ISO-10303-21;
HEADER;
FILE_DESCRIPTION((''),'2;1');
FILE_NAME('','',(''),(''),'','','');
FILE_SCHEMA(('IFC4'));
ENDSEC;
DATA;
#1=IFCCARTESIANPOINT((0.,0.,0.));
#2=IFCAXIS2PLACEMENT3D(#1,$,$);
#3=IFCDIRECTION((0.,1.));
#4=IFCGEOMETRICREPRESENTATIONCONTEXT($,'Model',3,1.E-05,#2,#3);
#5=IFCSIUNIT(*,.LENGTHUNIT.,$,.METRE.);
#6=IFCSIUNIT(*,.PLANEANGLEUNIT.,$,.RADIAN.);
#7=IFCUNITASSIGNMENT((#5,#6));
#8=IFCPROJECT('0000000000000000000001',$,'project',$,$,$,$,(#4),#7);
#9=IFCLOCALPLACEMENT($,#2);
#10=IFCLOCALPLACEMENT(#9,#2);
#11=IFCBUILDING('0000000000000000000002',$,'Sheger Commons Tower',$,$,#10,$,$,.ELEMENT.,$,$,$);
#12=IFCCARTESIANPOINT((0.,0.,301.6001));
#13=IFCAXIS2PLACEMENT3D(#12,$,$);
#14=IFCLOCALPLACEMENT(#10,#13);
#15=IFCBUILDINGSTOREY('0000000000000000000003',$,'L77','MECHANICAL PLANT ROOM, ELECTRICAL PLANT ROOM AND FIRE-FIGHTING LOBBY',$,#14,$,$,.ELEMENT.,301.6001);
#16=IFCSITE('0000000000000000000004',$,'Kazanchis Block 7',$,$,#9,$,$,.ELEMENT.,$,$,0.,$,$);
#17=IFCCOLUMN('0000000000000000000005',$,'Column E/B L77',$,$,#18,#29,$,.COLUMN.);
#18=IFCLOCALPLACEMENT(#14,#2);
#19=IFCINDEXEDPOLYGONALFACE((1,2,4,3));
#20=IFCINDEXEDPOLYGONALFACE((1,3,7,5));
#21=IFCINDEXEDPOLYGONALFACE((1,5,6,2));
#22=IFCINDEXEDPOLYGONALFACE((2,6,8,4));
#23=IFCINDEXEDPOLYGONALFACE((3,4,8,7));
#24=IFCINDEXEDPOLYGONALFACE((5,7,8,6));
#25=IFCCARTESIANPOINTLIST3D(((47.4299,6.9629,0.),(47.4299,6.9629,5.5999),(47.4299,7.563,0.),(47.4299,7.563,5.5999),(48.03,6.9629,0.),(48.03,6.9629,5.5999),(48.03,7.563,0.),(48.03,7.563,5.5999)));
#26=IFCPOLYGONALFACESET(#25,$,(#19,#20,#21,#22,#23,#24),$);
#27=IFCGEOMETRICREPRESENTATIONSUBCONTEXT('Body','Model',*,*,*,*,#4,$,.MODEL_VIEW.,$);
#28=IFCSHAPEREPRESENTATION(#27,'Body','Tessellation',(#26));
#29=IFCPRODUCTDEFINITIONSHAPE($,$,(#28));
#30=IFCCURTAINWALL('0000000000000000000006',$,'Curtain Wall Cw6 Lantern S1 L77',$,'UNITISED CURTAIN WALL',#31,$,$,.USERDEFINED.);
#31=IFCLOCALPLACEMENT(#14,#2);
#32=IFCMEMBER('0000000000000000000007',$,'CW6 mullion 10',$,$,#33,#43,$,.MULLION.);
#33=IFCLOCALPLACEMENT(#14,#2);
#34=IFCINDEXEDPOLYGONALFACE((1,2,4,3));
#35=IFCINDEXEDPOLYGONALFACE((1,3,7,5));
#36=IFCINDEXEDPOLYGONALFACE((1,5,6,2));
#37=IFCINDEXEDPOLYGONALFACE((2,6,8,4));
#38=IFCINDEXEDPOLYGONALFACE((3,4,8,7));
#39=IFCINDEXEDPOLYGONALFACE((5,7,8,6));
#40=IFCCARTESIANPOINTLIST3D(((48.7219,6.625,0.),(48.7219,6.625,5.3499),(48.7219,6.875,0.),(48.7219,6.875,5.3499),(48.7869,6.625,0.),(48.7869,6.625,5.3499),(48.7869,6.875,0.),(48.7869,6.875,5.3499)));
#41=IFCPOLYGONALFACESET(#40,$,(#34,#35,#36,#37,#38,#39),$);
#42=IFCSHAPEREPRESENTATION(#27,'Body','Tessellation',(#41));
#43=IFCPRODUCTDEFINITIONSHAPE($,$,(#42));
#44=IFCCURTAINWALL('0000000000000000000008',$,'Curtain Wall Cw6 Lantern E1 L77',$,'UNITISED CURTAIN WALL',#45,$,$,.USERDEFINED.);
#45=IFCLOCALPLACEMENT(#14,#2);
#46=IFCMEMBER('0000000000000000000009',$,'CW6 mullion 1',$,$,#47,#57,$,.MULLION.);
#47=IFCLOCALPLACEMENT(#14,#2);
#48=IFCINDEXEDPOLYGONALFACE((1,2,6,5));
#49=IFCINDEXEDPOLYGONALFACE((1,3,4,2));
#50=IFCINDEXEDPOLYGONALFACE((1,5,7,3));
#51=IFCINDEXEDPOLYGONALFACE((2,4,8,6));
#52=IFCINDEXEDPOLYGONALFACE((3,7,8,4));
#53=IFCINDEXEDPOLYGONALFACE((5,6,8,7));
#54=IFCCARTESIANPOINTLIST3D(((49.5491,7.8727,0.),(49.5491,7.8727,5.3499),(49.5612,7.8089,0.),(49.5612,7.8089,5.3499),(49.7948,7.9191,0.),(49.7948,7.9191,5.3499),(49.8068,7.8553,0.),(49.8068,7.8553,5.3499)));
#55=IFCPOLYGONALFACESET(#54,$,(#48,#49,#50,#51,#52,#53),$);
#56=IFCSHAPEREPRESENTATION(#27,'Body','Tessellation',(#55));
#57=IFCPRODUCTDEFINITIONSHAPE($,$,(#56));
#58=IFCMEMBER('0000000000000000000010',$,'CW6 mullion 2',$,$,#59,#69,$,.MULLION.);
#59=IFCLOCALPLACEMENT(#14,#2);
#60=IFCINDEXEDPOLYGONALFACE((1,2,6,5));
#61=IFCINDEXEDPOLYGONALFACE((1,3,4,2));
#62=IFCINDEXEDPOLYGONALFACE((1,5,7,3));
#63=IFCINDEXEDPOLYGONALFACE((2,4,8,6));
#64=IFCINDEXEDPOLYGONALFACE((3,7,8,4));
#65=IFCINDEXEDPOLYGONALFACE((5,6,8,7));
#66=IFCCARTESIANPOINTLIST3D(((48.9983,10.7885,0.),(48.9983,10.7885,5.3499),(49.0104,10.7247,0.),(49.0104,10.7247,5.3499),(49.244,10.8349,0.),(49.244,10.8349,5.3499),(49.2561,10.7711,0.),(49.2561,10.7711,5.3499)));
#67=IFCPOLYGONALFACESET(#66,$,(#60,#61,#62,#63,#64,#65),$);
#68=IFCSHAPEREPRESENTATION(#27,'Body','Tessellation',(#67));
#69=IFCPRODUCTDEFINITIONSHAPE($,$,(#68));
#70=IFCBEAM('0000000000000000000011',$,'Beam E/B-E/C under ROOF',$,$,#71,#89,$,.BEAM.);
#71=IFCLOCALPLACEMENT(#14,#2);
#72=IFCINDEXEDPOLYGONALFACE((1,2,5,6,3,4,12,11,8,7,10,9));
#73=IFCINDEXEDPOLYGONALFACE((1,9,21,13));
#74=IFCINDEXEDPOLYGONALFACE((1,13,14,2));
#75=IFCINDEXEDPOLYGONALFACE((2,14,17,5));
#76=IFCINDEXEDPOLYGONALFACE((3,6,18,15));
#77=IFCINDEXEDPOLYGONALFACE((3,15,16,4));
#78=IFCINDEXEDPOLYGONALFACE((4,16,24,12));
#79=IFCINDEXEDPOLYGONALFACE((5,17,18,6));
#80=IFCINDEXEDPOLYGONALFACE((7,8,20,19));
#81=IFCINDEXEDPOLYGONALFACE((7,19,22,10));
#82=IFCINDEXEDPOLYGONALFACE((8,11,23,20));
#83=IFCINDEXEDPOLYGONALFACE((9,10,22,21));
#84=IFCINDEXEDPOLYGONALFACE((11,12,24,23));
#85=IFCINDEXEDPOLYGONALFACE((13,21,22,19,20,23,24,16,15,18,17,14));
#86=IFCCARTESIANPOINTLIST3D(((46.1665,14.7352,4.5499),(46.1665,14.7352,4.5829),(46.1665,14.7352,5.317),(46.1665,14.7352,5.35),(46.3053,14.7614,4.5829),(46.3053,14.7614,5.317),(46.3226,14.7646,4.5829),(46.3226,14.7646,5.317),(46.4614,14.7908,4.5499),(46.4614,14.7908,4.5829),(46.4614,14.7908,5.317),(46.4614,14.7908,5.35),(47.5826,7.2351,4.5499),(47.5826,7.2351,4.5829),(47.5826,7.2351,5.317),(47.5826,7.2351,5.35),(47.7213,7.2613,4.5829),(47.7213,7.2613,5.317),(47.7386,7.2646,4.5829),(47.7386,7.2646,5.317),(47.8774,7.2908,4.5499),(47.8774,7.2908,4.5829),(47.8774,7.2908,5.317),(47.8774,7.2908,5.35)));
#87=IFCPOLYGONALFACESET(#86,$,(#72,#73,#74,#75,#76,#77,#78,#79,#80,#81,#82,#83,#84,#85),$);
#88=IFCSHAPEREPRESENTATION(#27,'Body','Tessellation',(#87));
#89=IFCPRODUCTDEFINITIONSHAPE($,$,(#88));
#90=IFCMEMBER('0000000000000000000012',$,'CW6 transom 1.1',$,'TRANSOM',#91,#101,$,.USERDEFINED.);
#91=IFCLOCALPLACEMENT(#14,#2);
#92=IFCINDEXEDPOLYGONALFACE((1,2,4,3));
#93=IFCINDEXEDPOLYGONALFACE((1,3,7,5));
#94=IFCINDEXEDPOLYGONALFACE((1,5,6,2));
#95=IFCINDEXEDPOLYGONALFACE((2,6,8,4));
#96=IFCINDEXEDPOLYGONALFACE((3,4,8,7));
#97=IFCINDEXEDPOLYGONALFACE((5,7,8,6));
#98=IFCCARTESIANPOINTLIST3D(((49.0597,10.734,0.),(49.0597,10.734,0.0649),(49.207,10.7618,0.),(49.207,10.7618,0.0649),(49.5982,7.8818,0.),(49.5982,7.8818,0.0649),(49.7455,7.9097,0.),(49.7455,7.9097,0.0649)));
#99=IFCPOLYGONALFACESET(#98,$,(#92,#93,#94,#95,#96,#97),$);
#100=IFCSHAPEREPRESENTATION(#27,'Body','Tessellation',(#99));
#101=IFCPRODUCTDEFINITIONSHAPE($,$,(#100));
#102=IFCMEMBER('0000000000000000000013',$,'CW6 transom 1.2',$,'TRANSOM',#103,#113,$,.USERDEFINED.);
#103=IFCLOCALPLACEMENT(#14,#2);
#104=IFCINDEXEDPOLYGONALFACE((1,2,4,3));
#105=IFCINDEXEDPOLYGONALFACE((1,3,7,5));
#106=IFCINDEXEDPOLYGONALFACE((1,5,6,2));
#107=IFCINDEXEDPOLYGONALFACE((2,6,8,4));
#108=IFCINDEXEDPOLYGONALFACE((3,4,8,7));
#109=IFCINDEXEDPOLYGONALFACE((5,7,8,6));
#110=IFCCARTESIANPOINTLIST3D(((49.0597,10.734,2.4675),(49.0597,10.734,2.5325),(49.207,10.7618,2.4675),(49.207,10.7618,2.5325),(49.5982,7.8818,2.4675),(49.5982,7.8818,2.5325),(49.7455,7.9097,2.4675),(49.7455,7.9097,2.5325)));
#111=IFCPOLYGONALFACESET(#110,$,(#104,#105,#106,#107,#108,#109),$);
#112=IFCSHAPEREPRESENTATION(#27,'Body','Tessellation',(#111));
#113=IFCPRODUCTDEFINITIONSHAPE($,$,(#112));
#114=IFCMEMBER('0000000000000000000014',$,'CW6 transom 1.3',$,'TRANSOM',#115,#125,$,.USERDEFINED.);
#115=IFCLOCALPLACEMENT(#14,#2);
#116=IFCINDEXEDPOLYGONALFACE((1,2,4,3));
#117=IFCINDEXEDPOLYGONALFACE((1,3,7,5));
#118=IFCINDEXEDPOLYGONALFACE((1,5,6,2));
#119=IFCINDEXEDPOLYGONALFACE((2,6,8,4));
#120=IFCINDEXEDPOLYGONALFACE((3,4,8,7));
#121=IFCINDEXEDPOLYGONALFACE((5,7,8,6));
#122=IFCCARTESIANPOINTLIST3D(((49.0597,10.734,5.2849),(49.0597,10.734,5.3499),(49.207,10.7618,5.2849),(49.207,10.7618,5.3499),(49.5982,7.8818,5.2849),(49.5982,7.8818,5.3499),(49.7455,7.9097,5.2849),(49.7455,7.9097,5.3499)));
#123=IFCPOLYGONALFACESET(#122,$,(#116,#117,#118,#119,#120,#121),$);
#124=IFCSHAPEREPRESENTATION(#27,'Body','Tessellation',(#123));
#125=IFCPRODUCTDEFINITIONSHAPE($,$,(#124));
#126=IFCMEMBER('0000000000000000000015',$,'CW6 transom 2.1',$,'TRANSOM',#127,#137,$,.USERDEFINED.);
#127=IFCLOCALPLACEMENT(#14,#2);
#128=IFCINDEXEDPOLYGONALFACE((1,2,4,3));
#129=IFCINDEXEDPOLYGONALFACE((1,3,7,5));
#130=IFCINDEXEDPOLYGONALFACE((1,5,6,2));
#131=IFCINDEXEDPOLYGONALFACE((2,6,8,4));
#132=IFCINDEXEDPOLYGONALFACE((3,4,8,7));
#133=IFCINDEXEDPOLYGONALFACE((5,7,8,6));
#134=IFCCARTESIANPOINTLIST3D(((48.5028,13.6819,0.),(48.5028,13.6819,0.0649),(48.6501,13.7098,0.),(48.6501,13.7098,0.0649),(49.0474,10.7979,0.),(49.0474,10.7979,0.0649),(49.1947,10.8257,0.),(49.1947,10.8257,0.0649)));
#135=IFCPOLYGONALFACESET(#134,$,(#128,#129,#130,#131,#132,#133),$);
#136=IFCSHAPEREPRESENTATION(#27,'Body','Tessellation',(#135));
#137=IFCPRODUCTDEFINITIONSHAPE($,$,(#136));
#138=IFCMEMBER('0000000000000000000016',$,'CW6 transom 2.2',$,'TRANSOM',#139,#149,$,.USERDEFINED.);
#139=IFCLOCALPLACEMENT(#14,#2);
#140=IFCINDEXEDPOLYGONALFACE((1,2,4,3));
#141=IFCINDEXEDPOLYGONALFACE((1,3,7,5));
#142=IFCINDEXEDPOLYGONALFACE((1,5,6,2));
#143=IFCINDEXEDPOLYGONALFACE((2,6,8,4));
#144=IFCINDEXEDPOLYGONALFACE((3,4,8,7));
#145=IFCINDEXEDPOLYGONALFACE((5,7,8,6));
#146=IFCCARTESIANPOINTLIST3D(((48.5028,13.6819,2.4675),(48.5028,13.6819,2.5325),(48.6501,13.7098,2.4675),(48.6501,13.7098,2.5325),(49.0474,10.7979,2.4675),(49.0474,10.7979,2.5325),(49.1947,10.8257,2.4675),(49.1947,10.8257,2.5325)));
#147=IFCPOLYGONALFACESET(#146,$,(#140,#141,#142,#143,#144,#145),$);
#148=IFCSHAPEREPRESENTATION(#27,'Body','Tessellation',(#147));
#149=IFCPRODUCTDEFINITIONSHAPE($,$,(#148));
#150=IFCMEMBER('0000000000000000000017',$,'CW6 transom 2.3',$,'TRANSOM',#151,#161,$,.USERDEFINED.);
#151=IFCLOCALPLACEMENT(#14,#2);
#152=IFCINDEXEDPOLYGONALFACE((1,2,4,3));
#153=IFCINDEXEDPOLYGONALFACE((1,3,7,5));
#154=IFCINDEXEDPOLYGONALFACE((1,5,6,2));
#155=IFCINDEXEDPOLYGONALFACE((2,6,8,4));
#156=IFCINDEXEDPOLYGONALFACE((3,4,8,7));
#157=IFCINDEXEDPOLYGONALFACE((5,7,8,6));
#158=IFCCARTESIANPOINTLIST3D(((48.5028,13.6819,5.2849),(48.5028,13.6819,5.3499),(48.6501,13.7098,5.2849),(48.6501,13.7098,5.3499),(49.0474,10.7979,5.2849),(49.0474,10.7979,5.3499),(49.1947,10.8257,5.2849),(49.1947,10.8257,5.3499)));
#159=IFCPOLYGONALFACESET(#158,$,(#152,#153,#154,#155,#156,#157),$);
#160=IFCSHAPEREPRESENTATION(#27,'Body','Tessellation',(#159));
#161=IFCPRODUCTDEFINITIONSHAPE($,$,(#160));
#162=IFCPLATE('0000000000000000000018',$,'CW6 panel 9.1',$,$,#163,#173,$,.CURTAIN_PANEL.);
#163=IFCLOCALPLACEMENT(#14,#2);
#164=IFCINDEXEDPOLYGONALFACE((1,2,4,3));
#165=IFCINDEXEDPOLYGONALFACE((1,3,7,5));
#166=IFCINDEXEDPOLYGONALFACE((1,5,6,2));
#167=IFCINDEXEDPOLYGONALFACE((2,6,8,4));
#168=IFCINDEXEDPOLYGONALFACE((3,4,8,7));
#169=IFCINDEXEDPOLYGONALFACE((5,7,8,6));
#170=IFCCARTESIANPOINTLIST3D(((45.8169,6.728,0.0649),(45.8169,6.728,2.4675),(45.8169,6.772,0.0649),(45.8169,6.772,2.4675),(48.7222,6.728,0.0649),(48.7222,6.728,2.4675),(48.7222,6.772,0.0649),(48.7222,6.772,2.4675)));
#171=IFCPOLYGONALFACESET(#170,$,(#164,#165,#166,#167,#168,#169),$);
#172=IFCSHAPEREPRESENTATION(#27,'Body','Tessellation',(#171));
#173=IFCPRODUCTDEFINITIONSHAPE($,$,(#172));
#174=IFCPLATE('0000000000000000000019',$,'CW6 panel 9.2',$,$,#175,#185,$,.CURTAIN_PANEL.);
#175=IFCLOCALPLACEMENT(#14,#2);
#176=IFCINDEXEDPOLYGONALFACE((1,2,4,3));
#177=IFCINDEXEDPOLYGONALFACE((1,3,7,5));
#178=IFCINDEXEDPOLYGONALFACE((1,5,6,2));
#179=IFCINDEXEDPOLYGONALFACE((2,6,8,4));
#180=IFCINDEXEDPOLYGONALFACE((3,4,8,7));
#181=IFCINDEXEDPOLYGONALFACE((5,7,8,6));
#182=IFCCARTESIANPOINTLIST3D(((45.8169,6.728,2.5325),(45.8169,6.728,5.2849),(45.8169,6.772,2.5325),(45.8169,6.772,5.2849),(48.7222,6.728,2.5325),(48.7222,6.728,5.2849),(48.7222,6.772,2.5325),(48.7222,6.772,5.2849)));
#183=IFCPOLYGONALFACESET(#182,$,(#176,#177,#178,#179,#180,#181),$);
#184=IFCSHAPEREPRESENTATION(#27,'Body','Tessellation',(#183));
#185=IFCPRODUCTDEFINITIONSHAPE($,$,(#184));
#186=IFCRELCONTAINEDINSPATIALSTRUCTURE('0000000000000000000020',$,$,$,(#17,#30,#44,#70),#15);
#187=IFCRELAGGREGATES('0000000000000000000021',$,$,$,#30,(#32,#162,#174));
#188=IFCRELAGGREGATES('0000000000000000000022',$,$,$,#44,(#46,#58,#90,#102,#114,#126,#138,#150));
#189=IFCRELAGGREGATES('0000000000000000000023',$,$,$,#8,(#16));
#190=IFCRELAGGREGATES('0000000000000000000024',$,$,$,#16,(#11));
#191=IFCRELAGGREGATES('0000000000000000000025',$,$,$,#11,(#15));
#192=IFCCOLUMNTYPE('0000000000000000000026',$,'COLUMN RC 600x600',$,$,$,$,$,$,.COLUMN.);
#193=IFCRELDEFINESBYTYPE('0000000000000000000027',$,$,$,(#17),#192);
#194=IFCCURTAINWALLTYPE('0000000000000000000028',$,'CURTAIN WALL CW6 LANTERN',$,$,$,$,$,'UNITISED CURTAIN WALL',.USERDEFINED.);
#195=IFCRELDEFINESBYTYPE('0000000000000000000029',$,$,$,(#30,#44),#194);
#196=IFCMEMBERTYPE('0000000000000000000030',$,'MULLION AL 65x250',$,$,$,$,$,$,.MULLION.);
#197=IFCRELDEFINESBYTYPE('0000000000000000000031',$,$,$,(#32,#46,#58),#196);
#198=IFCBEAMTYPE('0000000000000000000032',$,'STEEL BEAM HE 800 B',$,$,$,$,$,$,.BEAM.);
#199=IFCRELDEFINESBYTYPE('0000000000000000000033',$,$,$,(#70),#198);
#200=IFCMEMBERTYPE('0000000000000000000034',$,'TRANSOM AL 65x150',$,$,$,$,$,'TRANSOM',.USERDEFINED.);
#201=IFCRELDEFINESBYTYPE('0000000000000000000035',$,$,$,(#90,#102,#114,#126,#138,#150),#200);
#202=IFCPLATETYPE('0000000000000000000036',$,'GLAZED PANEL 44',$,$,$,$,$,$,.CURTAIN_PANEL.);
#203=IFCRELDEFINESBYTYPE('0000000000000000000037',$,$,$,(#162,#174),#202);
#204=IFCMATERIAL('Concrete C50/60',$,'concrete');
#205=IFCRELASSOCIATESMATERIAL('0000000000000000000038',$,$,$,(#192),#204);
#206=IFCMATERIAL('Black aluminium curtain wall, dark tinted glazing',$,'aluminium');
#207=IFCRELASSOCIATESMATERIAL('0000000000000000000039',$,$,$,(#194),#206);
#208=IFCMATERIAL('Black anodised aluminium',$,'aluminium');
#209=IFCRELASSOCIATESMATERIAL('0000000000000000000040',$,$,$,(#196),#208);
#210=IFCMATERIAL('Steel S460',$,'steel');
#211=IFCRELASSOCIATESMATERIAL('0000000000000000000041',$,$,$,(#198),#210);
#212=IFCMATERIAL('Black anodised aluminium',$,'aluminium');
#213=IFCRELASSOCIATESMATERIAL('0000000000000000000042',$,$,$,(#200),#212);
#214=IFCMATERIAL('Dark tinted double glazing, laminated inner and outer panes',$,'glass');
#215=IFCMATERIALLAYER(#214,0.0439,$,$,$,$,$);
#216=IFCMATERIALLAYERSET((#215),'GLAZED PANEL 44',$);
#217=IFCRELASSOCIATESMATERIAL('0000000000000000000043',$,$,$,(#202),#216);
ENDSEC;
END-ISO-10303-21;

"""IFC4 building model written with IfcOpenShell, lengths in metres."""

from ifc_helpers import new_model, si_unit, direction, frame, origin, origin_2d, place, context, subcontext, project, spatial, rectangle, i_section, extrude, material, layer, layer_set, material_profile, profile_set, type_object, element, aggregate, save


model = new_model("IFC4")

# Units and contexts
model_context = context("Model", 3, precision=1e-05, world=origin(), true_north=direction((0.0, 1.0)))
body_context = subcontext(model_context, "Body", "Model", "MODEL_VIEW")
ifc_project = project(units=[si_unit("LENGTHUNIT", "METRE"), si_unit("PLANEANGLEUNIT", "RADIAN")], contexts=[model_context])

# Site, building, storey
site_placement = place(None, origin())
site = spatial("IfcSite", under=ifc_project, at=site_placement, Name="Kazanchis Block 7", CompositionType="ELEMENT", RefElevation=0.0)
building_placement = place(site_placement, origin())
building = spatial("IfcBuilding", under=site, at=building_placement, Name="Sheger Commons Tower", CompositionType="ELEMENT")
storey_placement = place(building_placement, frame((0.0, 0.0, 301.6001)))
storey = spatial("IfcBuildingStorey", under=building, at=storey_placement, Name="L77", Description="MECHANICAL PLANT ROOM, ELECTRICAL PLANT ROOM AND FIRE-FIGHTING LOBBY", CompositionType="ELEMENT", Elevation=301.6001)

# Column
ifc_material_1 = material(Name="Concrete C50/60", Category="concrete")
ifc_material_profile_1 = material_profile(ifc_material_1, rectangle(XDim=0.6001, YDim=0.6001, at=origin_2d()), Name="RC 600x600")
ifc_profile_set_1 = profile_set([ifc_material_profile_1], Name="Concrete C50/60")
column_type = type_object("IfcColumnType", Name="COLUMN RC 600x600", PredefinedType="COLUMN", material=ifc_profile_set_1)
column_placement = place(storey_placement, frame((47.73, 7.2629, 0.0), z_axis=(0.0, 0.0, 1.0), x_axis=(1.0, 0.0, 0.0)))
element("IfcColumn", 1, at=column_placement, inside=storey, type_object=column_type, Name="Column E/B L77", PredefinedType="COLUMN", context=body_context, shape_type="SweptSolid", body=[
    extrude(rectangle(XDim=0.6001, YDim=0.6001, at=origin_2d()), origin(), (0.0, 0.0, 1.0), 5.5999),
])

# Curtain wall, member
ifc_material_2 = material(Name="Black aluminium curtain wall, dark tinted glazing", Category="aluminium")
curtain_wall_type = type_object("IfcCurtainWallType", Name="CURTAIN WALL CW6 LANTERN", ElementType="UNITISED CURTAIN WALL", PredefinedType="USERDEFINED", material=ifc_material_2)
curtain_wall_1_placement = place(storey_placement, origin())
curtain_wall_1 = element("IfcCurtainWall", 2, at=curtain_wall_1_placement, inside=storey, type_object=curtain_wall_type, Name="Curtain Wall Cw6 Lantern S1 L77", ObjectType="UNITISED CURTAIN WALL", PredefinedType="USERDEFINED")
ifc_material_3 = material(Name="Black anodised aluminium", Category="aluminium")
ifc_material_profile_2 = material_profile(ifc_material_3, rectangle(XDim=0.25, YDim=0.0649, at=origin_2d()), Name="AL 65x250")
ifc_profile_set_2 = profile_set([ifc_material_profile_2], Name="Black anodised aluminium")
member_type_1 = type_object("IfcMemberType", Name="MULLION AL 65x250", PredefinedType="MULLION", material=ifc_profile_set_2)
member_1_placement = place(storey_placement, frame((48.7544, 6.75, 0.0), z_axis=(0.0, 0.0, 1.0), x_axis=(0.0, 1.0, 0.0)))
member_1 = element("IfcMember", 3, at=member_1_placement, type_object=member_type_1, Name="CW6 mullion 10", PredefinedType="MULLION", context=body_context, shape_type="SweptSolid", body=[
    extrude(rectangle(XDim=0.25, YDim=0.0649, at=origin_2d()), origin(), (0.0, 0.0, 1.0), 5.3499),
])

# Curtain wall, members
curtain_wall_2_placement = place(storey_placement, origin())
curtain_wall_2 = element("IfcCurtainWall", 4, at=curtain_wall_2_placement, inside=storey, type_object=curtain_wall_type, Name="Curtain Wall Cw6 Lantern E1 L77", ObjectType="UNITISED CURTAIN WALL", PredefinedType="USERDEFINED")
member_2_placement = place(storey_placement, frame((49.678, 7.864, 0.0), z_axis=(0.0, 0.0, 1.0), x_axis=(-0.982623, -0.185613, 0.0)))
member_2 = element("IfcMember", 5, at=member_2_placement, type_object=member_type_1, Name="CW6 mullion 1", PredefinedType="MULLION", context=body_context, shape_type="SweptSolid", body=[
    extrude(rectangle(XDim=0.25, YDim=0.0649, at=origin_2d()), origin(), (0.0, 0.0, 1.0), 5.3499),
])
member_3_placement = place(storey_placement, frame((49.1272, 10.7798, 0.0), z_axis=(0.0, 0.0, 1.0), x_axis=(-0.982623, -0.185613, 0.0)))
member_3 = element("IfcMember", 6, at=member_3_placement, type_object=member_type_1, Name="CW6 mullion 2", PredefinedType="MULLION", context=body_context, shape_type="SweptSolid", body=[
    extrude(rectangle(XDim=0.25, YDim=0.0649, at=origin_2d()), origin(), (0.0, 0.0, 1.0), 5.3499),
])

# Beam
ifc_material_4 = material(Name="Steel S460", Category="steel")
ifc_material_profile_3 = material_profile(ifc_material_4, i_section(OverallWidth=0.3, OverallDepth=0.8, WebThickness=0.0176, FlangeThickness=0.033, at=origin_2d()), Name="HE 800 B")
ifc_profile_set_3 = profile_set([ifc_material_profile_3], Name="Steel S460")
beam_type = type_object("IfcBeamType", Name="STEEL BEAM HE 800 B", PredefinedType="BEAM", material=ifc_profile_set_3)
beam_placement = place(storey_placement, frame((47.73, 7.2629, 4.95), z_axis=(-0.185524, 0.98264, 0.0), x_axis=(-0.98264, -0.185524, 0.0)))
element("IfcBeam", 7, at=beam_placement, inside=storey, type_object=beam_type, Name="Beam E/B-E/C under ROOF", PredefinedType="BEAM", context=body_context, shape_type="SweptSolid", body=[
    extrude(i_section(OverallWidth=0.3, OverallDepth=0.8, WebThickness=0.0176, FlangeThickness=0.033, at=origin_2d()), origin(), (0.0, 0.0, 1.0), 7.6326),
])

# Members
ifc_material_5 = material(Name="Black anodised aluminium", Category="aluminium")
ifc_material_profile_4 = material_profile(ifc_material_5, rectangle(XDim=0.1499, YDim=0.0649, at=origin_2d()), Name="AL 65x150")
ifc_profile_set_4 = profile_set([ifc_material_profile_4], Name="Black anodised aluminium")
member_type_2 = type_object("IfcMemberType", Name="TRANSOM AL 65x150", ElementType="TRANSOM", PredefinedType="USERDEFINED", material=ifc_profile_set_4)
member_4_placement = place(storey_placement, frame((49.6719, 7.8958, 0.0325), z_axis=(-0.185543, 0.982636, 0.0), x_axis=(-0.982636, -0.185543, 0.0)))
member_4 = element("IfcMember", 8, at=member_4_placement, type_object=member_type_2, Name="CW6 transom 1.1", ObjectType="TRANSOM", PredefinedType="USERDEFINED", context=body_context, shape_type="SweptSolid", body=[
    extrude(rectangle(XDim=0.1499, YDim=0.0649, at=origin_2d()), origin(), (0.0, 0.0, 1.0), 2.9026),
])
member_5_placement = place(storey_placement, frame((49.6719, 7.8958, 2.5), z_axis=(-0.185543, 0.982636, 0.0), x_axis=(-0.982636, -0.185543, 0.0)))
member_5 = element("IfcMember", 9, at=member_5_placement, type_object=member_type_2, Name="CW6 transom 1.2", ObjectType="TRANSOM", PredefinedType="USERDEFINED", context=body_context, shape_type="SweptSolid", body=[
    extrude(rectangle(XDim=0.1499, YDim=0.0649, at=origin_2d()), origin(), (0.0, 0.0, 1.0), 2.9026),
])
member_6_placement = place(storey_placement, frame((49.6719, 7.8958, 5.3174), z_axis=(-0.185543, 0.982636, 0.0), x_axis=(-0.982636, -0.185543, 0.0)))
member_6 = element("IfcMember", 10, at=member_6_placement, type_object=member_type_2, Name="CW6 transom 1.3", ObjectType="TRANSOM", PredefinedType="USERDEFINED", context=body_context, shape_type="SweptSolid", body=[
    extrude(rectangle(XDim=0.1499, YDim=0.0649, at=origin_2d()), origin(), (0.0, 0.0, 1.0), 2.9026),
])
member_7_placement = place(storey_placement, frame((49.1211, 10.8118, 0.0325), z_axis=(-0.185579, 0.982629, 0.0), x_axis=(-0.982629, -0.185579, 0.0)))
member_7 = element("IfcMember", 11, at=member_7_placement, type_object=member_type_2, Name="CW6 transom 2.1", ObjectType="TRANSOM", PredefinedType="USERDEFINED", context=body_context, shape_type="SweptSolid", body=[
    extrude(rectangle(XDim=0.1499, YDim=0.0649, at=origin_2d()), origin(), (0.0, 0.0, 1.0), 2.9351),
])
member_8_placement = place(storey_placement, frame((49.1211, 10.8118, 2.5), z_axis=(-0.185579, 0.982629, 0.0), x_axis=(-0.982629, -0.185579, 0.0)))
member_8 = element("IfcMember", 12, at=member_8_placement, type_object=member_type_2, Name="CW6 transom 2.2", ObjectType="TRANSOM", PredefinedType="USERDEFINED", context=body_context, shape_type="SweptSolid", body=[
    extrude(rectangle(XDim=0.1499, YDim=0.0649, at=origin_2d()), origin(), (0.0, 0.0, 1.0), 2.9351),
])
member_9_placement = place(storey_placement, frame((49.1211, 10.8118, 5.3174), z_axis=(-0.185579, 0.982629, 0.0), x_axis=(-0.982629, -0.185579, 0.0)))
member_9 = element("IfcMember", 13, at=member_9_placement, type_object=member_type_2, Name="CW6 transom 2.3", ObjectType="TRANSOM", PredefinedType="USERDEFINED", context=body_context, shape_type="SweptSolid", body=[
    extrude(rectangle(XDim=0.1499, YDim=0.0649, at=origin_2d()), origin(), (0.0, 0.0, 1.0), 2.9351),
])

# Plates
ifc_material_6 = material(Name="Dark tinted double glazing, laminated inner and outer panes", Category="glass")
ifc_layer_1 = layer(ifc_material_6, 0.0439)
ifc_layer_set_1 = layer_set([ifc_layer_1], Name="GLAZED PANEL 44")
plate_type = type_object("IfcPlateType", Name="GLAZED PANEL 44", PredefinedType="CURTAIN_PANEL", material=ifc_layer_set_1)
plate_1_placement = place(storey_placement, frame((47.2695, 6.75, 0.0649), z_axis=(0.0, 0.0, 1.0), x_axis=(1.0, 0.0, 0.0)))
plate_1 = element("IfcPlate", 14, at=plate_1_placement, type_object=plate_type, Name="CW6 panel 9.1", PredefinedType="CURTAIN_PANEL", context=body_context, shape_type="SweptSolid", body=[
    extrude(rectangle(XDim=2.9053, YDim=0.0439, at=origin_2d()), origin(), (0.0, 0.0, 1.0), 2.4026),
])
plate_2_placement = place(storey_placement, frame((47.2695, 6.75, 2.5325), z_axis=(0.0, 0.0, 1.0), x_axis=(1.0, 0.0, 0.0)))
plate_2 = element("IfcPlate", 15, at=plate_2_placement, type_object=plate_type, Name="CW6 panel 9.2", PredefinedType="CURTAIN_PANEL", context=body_context, shape_type="SweptSolid", body=[
    extrude(rectangle(XDim=2.9053, YDim=0.0439, at=origin_2d()), origin(), (0.0, 0.0, 1.0), 2.7524),
])
aggregate(curtain_wall_1, [member_1, plate_1, plate_2])
aggregate(curtain_wall_2, [member_2, member_3, member_4, member_5, member_6, member_7, member_8, member_9])

save(model, "model.ifc")
